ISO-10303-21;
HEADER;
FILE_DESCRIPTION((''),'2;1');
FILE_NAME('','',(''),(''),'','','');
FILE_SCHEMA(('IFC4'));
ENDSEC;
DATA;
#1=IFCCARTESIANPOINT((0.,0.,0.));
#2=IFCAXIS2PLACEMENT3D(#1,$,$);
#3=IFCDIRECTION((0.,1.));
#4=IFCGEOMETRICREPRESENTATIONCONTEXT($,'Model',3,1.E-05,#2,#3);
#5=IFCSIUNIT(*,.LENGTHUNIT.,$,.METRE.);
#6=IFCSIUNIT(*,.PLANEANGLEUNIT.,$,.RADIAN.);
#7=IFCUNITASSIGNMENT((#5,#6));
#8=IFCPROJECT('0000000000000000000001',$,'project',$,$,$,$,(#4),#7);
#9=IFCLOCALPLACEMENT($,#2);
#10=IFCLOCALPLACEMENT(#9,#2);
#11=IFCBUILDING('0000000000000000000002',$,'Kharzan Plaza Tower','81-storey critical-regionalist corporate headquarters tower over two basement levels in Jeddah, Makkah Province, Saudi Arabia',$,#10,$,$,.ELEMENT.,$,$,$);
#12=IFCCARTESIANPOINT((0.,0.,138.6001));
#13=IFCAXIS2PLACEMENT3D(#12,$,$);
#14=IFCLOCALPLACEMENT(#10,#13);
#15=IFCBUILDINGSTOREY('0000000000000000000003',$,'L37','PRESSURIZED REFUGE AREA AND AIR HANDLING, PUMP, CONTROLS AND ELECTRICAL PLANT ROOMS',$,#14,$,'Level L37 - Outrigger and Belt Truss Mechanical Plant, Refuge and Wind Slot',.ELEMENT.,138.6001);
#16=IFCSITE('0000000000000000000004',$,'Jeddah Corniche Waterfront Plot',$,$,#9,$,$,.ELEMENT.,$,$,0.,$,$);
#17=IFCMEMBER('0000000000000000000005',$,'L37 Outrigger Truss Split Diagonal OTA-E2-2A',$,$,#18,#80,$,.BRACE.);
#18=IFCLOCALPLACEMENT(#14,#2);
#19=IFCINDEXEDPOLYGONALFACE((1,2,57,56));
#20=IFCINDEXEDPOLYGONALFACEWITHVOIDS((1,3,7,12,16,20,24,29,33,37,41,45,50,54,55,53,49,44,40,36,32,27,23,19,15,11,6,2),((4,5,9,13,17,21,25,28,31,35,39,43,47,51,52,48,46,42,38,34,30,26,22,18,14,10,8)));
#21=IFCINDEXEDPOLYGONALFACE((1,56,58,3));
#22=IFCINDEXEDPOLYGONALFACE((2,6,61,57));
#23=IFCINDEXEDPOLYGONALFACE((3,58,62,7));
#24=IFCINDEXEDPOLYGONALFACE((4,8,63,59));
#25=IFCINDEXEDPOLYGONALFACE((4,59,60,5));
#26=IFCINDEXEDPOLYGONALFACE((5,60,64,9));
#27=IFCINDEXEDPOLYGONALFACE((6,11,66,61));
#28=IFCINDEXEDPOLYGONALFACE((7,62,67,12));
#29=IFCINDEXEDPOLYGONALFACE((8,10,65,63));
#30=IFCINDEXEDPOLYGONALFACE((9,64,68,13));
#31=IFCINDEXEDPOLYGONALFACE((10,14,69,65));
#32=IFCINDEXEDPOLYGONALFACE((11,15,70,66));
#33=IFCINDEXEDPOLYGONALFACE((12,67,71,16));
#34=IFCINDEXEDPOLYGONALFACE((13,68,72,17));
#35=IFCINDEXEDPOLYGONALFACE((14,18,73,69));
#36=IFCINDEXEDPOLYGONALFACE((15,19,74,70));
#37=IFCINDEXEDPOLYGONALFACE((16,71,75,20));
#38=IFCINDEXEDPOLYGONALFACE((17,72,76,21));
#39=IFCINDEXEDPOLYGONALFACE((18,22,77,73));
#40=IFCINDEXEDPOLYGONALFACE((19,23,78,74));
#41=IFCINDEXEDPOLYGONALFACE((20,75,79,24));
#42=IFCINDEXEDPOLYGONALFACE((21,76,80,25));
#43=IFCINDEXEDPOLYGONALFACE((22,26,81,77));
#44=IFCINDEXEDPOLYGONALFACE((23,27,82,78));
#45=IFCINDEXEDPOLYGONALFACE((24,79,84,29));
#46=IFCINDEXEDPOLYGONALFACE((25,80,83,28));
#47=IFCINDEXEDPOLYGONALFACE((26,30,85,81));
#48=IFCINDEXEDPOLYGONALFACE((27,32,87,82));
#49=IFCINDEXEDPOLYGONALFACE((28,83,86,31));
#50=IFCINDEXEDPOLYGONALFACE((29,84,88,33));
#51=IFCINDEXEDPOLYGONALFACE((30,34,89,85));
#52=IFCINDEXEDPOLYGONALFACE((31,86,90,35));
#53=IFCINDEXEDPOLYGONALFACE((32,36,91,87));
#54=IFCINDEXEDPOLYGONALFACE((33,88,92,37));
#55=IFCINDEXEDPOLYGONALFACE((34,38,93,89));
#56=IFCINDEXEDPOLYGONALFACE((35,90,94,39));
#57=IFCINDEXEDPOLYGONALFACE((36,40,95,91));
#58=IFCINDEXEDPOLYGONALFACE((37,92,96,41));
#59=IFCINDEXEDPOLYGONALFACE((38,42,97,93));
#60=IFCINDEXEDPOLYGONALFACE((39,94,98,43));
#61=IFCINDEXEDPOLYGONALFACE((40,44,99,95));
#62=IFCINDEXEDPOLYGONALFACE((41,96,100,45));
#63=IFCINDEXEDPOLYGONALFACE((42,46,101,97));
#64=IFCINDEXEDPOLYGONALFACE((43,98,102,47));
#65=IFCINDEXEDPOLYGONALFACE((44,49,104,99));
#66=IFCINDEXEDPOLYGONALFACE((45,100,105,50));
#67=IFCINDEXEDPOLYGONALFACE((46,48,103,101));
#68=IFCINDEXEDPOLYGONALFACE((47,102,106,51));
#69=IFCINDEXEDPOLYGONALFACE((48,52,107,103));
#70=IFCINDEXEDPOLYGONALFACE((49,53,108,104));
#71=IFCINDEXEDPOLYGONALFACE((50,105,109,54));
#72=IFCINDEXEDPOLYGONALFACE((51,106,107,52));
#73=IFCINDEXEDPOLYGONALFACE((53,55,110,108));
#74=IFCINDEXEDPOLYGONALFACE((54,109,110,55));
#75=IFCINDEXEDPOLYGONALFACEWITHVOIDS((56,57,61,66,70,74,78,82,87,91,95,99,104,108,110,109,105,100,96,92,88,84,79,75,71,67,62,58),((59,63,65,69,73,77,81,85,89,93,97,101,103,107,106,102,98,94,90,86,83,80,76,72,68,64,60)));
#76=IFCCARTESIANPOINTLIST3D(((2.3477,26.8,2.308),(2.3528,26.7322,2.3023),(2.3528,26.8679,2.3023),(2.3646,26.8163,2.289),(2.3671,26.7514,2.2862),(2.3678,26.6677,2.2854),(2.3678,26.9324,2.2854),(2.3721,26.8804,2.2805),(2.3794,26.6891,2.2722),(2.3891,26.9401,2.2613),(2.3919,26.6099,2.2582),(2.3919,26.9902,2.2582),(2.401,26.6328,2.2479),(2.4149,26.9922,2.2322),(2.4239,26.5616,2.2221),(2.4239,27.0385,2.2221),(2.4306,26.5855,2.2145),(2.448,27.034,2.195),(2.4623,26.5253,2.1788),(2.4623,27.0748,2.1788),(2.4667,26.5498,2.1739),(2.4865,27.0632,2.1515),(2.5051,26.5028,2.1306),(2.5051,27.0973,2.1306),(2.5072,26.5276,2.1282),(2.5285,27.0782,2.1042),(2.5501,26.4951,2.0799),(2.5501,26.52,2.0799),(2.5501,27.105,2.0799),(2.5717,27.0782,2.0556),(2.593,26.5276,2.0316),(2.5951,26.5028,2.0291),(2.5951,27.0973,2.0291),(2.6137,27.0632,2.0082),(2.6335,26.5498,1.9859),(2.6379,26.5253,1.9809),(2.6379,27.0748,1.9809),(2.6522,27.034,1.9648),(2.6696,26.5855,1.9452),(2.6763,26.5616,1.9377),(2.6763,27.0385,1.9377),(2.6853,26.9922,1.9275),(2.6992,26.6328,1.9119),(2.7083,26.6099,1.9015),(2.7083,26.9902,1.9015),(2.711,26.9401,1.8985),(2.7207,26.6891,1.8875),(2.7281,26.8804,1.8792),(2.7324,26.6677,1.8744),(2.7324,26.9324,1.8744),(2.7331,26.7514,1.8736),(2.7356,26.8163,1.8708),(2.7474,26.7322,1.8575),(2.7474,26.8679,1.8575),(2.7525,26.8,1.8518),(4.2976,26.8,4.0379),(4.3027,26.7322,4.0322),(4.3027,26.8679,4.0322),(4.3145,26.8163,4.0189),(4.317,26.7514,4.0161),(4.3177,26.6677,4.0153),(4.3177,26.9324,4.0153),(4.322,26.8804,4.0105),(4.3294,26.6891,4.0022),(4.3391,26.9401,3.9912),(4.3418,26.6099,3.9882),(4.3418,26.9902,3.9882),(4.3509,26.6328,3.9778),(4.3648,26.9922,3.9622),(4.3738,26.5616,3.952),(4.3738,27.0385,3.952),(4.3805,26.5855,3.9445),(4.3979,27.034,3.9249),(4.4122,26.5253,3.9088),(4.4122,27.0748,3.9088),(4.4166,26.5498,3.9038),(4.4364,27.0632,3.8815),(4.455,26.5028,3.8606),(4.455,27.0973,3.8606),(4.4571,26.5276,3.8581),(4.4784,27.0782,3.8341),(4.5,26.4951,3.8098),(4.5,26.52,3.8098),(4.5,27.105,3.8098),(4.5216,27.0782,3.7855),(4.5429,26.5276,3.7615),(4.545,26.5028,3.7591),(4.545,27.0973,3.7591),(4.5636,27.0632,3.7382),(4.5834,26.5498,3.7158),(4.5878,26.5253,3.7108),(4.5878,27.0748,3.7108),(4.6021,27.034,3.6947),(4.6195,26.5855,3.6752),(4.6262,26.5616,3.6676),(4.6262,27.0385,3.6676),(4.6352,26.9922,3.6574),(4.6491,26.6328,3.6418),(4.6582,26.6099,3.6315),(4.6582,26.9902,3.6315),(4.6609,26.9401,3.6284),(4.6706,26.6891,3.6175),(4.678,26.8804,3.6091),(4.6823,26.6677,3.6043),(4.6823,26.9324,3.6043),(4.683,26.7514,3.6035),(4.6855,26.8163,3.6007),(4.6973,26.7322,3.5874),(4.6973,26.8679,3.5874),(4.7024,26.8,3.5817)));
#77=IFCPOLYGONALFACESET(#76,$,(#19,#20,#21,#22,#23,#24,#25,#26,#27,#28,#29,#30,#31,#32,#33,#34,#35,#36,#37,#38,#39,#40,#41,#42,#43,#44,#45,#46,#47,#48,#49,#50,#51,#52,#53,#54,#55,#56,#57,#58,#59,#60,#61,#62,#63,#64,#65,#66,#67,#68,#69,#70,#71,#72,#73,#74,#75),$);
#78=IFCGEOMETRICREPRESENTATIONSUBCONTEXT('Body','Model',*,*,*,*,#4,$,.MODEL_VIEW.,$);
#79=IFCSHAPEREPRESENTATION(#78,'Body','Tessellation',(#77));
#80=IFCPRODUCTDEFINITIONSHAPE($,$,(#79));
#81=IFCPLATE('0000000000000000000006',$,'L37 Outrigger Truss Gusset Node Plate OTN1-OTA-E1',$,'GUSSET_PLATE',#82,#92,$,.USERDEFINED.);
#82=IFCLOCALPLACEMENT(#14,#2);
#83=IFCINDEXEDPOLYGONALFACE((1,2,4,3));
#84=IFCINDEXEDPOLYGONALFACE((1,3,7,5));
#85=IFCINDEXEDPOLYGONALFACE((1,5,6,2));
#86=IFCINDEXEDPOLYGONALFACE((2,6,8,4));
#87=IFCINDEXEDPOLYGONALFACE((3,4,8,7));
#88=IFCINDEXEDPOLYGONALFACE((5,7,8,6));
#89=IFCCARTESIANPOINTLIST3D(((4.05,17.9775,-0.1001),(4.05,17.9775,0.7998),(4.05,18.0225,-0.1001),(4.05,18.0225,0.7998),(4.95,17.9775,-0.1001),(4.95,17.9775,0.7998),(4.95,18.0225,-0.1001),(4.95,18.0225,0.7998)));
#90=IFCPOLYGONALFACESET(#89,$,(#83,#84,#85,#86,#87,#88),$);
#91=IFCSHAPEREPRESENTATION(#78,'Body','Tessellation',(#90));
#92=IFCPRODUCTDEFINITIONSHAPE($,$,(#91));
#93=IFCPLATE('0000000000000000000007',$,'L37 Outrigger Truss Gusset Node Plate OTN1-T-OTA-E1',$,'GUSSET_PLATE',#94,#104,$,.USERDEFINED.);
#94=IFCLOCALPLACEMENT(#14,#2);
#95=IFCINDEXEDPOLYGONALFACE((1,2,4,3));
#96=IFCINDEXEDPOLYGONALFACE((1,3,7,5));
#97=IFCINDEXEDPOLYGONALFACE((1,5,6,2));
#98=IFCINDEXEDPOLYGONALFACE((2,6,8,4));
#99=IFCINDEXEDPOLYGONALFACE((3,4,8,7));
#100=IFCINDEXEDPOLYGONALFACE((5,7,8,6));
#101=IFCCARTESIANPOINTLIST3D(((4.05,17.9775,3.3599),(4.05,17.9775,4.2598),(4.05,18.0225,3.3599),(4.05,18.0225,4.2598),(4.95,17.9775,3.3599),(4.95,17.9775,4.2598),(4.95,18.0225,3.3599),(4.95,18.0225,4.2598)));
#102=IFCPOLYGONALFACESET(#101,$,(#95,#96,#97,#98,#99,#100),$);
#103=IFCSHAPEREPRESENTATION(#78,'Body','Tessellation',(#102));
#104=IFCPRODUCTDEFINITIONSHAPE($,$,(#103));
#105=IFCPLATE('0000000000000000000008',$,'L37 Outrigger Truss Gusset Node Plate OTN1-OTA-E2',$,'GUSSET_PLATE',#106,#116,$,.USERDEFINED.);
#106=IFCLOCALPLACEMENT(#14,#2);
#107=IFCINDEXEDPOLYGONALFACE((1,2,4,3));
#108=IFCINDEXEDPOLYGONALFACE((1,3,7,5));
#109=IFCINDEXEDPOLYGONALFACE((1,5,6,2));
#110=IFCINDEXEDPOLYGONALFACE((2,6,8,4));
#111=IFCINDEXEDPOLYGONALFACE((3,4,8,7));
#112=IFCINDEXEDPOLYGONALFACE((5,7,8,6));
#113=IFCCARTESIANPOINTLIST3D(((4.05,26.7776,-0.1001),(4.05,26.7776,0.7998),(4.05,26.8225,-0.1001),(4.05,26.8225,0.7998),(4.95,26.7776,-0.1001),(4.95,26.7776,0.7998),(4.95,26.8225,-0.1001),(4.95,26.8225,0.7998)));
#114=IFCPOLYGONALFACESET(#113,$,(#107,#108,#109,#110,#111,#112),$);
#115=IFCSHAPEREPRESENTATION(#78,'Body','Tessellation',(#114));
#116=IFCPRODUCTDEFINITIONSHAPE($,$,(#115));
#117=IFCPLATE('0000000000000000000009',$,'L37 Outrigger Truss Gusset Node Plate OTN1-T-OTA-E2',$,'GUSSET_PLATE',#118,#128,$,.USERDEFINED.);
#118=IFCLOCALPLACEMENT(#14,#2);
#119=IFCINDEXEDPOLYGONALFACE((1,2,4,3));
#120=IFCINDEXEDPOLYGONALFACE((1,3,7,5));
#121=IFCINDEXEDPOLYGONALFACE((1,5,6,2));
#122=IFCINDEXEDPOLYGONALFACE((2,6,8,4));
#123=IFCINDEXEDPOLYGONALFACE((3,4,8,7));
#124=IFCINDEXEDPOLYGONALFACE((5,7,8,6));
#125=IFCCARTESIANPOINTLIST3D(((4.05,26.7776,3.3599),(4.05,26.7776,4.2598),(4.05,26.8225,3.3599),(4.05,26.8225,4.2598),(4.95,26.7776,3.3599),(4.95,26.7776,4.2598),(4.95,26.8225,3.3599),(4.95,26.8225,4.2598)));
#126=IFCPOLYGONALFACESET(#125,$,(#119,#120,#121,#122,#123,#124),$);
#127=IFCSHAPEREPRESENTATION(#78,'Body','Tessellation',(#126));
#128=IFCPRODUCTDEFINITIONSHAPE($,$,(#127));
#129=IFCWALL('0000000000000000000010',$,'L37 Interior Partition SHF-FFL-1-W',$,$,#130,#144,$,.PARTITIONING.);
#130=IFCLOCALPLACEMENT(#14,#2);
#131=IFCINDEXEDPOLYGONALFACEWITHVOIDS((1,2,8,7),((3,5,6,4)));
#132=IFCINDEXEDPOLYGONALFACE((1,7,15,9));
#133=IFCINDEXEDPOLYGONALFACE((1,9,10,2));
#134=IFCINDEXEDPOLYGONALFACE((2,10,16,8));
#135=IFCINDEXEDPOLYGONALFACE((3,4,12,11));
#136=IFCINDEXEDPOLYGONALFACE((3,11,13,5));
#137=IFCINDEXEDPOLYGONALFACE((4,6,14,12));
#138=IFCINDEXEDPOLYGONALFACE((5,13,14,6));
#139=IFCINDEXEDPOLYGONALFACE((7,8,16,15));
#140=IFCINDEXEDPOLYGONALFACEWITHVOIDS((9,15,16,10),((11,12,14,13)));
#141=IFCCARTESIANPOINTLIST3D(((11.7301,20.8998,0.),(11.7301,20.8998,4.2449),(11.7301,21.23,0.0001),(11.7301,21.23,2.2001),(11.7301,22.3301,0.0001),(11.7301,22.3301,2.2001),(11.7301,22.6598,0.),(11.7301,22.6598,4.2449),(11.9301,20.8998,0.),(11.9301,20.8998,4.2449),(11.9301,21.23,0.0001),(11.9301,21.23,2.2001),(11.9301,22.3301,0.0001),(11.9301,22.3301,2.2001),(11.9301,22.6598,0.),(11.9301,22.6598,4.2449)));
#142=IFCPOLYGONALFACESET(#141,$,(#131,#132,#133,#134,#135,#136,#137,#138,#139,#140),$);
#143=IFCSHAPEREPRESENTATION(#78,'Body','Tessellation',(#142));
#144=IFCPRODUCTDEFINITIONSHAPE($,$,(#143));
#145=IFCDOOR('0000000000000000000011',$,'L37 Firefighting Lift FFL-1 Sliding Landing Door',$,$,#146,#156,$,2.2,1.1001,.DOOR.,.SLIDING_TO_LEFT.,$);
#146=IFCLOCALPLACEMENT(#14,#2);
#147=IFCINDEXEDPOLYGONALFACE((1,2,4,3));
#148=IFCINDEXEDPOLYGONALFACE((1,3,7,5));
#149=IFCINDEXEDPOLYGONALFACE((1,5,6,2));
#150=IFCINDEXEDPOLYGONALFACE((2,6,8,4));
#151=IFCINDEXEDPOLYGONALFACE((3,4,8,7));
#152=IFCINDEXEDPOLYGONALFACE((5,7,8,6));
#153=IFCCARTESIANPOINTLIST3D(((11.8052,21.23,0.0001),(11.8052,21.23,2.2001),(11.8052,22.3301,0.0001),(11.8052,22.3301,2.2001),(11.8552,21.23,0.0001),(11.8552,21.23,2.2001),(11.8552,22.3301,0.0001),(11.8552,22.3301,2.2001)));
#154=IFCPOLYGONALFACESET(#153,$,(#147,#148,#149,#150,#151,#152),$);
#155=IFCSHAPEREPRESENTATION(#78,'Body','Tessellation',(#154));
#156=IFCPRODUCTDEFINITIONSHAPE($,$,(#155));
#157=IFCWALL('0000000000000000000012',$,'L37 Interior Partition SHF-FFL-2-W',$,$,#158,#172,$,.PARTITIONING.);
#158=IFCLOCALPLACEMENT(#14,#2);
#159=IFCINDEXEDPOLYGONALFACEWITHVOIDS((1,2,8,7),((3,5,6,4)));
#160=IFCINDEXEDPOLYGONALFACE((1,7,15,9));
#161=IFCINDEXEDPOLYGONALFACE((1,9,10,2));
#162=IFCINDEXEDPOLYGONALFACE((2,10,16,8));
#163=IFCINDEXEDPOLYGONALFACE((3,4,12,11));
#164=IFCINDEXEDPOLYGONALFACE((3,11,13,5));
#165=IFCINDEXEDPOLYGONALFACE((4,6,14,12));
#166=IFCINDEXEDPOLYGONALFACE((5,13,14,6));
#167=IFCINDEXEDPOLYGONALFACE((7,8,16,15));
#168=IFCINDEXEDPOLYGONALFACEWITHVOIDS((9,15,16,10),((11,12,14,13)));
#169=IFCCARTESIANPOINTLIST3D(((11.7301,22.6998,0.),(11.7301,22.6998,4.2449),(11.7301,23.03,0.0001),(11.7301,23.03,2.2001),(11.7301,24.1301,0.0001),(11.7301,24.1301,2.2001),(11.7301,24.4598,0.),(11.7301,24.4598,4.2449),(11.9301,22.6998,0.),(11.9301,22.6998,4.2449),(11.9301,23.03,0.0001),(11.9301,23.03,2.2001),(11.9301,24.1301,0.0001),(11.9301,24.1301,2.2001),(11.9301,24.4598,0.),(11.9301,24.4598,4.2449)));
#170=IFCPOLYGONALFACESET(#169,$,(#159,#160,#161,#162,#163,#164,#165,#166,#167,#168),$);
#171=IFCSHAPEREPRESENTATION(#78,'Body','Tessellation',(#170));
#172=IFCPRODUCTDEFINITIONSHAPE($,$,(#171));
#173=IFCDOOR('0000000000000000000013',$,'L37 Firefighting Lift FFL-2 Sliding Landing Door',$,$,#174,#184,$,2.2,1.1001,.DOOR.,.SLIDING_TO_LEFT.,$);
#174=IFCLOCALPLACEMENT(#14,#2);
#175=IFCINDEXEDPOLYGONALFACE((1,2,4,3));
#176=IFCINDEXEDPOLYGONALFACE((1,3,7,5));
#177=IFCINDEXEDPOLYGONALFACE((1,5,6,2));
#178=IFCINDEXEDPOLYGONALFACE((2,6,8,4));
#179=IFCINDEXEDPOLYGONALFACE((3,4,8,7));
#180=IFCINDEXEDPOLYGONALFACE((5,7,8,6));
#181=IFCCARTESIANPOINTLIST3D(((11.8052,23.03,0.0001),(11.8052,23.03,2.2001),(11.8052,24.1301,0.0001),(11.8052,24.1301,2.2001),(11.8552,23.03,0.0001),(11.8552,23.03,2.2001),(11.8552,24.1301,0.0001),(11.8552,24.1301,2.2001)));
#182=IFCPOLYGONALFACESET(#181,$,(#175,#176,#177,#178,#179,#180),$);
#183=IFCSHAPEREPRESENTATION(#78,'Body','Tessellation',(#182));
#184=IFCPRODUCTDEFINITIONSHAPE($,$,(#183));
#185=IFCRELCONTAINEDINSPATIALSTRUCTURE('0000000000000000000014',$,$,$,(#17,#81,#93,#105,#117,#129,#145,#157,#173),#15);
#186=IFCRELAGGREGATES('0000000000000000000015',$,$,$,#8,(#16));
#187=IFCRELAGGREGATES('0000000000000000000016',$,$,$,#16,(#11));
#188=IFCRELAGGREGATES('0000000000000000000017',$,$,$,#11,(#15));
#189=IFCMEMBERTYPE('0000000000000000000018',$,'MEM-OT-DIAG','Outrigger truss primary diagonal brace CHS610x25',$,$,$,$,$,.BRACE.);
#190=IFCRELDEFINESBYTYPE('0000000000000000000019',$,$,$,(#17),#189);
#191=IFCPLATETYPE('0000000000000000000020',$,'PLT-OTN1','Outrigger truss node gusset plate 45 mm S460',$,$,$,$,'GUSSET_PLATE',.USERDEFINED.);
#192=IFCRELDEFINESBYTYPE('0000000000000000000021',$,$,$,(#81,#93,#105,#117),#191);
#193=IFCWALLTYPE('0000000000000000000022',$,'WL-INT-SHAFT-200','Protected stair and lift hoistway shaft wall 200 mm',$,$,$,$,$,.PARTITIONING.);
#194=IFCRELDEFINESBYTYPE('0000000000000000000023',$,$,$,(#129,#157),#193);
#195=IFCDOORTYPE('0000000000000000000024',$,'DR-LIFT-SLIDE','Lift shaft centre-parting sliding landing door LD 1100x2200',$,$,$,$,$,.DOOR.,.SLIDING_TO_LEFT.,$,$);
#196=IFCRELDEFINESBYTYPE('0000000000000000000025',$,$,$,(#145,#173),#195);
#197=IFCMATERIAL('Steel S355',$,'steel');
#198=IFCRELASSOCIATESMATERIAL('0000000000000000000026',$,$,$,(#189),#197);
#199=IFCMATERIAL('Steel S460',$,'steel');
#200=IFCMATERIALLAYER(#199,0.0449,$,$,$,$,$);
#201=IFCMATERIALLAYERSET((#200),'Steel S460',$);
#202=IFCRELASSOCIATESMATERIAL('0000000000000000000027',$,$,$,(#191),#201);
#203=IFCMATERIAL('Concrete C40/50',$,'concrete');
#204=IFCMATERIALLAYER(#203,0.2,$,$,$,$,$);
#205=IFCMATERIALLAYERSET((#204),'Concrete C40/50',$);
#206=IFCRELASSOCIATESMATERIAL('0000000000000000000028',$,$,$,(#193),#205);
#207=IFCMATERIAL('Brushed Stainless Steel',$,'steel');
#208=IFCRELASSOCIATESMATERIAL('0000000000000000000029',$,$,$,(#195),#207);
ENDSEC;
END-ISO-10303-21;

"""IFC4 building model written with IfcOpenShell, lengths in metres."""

from ifc_helpers import new_model, si_unit, direction, frame, frame_2d, origin, origin_2d, place, context, subcontext, project, spatial, rectangle, hollow_circle, extrude, source, transform, mapped, material, layer, layer_set, material_profile, profile_set, type_object, element, fill, save


model = new_model("IFC4")

# Units and contexts
model_context = context("Model", 3, precision=1e-05, world=origin(), true_north=direction((0.0, 1.0)))
body_context = subcontext(model_context, "Body", "Model", "MODEL_VIEW")
ifc_project = project(units=[si_unit("LENGTHUNIT", "METRE"), si_unit("PLANEANGLEUNIT", "RADIAN")], contexts=[model_context])

# Site, building, storey
site_placement = place(None, origin())
site = spatial("IfcSite", under=ifc_project, at=site_placement, Name="Jeddah Corniche Waterfront Plot", CompositionType="ELEMENT", RefElevation=0.0)
building_placement = place(site_placement, origin())
building = spatial("IfcBuilding", under=site, at=building_placement, Name="Kharzan Plaza Tower", Description="81-storey critical-regionalist corporate headquarters tower over two basement levels in Jeddah, Makkah Province, Saudi Arabia", CompositionType="ELEMENT")
storey_placement = place(building_placement, frame((0.0, 0.0, 138.6001)))
storey = spatial("IfcBuildingStorey", under=building, at=storey_placement, Name="L37", Description="PRESSURIZED REFUGE AREA AND AIR HANDLING, PUMP, CONTROLS AND ELECTRICAL PLANT ROOMS", LongName="Level L37 - Outrigger and Belt Truss Mechanical Plant, Refuge and Wind Slot", CompositionType="ELEMENT", Elevation=138.6001)

# Shared definitions
ifc_material_1 = material(Name="Steel S355", Category="steel")

# Member
ifc_material_profile_1 = material_profile(ifc_material_1, hollow_circle(Radius=0.3049, WallThickness=0.0249, at=origin_2d()), Name="CHS610x25")
ifc_profile_set_1 = profile_set([ifc_material_profile_1], Name="Steel S355")
member_type_1 = type_object("IfcMemberType", Name="MEM-OT-DIAG", Description="Outrigger truss primary diagonal brace CHS610x25", PredefinedType="BRACE", material=ifc_profile_set_1)
shared_shape_1 = source(origin(), body_context, "Body", "SweptSolid", [
    extrude(hollow_circle(Radius=0.3049, WallThickness=0.0249, at=origin_2d()), origin(), (0.0, 0.0, 1.0), 2.6067),
])
for number, where, z_axis, x_axis, name in (
    (1, (4.5, 26.8, 3.8098), (-0.748039, 0.0, -0.663654), (0.0, -1.0, 0.0), "L37 Outrigger Truss Split Diagonal OTA-E2-2A"),
):
    element("IfcMember", number, at=place(storey_placement, frame(where, z_axis=z_axis, x_axis=x_axis)), inside=storey, type_object=member_type_1, Name=name, PredefinedType="BRACE", context=body_context, shape_type="MappedRepresentation", body=[
        mapped(shared_shape_1, transform((0.0, 0.0, 0.0), x_axis=(1.0, 0.0, 0.0), y_axis=(0.0, 1.0, 0.0), z_axis=(0.0, 0.0, 1.0))),
    ])

# Plates
ifc_material_2 = material(Name="Steel S460", Category="steel")
ifc_layer_1 = layer(ifc_material_2, 0.0449)
ifc_layer_set_1 = layer_set([ifc_layer_1], Name="Steel S460")
plate_type = type_object("IfcPlateType", Name="PLT-OTN1", Description="Outrigger truss node gusset plate 45 mm S460", ElementType="GUSSET_PLATE", PredefinedType="USERDEFINED", material=ifc_layer_set_1)
shared_shape_2 = source(origin(), body_context, "Body", "SweptSolid", [
    extrude(rectangle(XDim=0.8999, YDim=0.0449, at=origin_2d()), origin(), (0.0, 0.0, 1.0), 0.8999),
])
for number, where, z_axis, x_axis, name in (
    (2, (4.5, 18.0, -0.1001), (0.0, 0.0, 1.0), (-1.0, 0.0, 0.0), "L37 Outrigger Truss Gusset Node Plate OTN1-OTA-E1"),
    (3, (4.5, 18.0, 3.3599), (0.0, 0.0, 1.0), (-1.0, 0.0, 0.0), "L37 Outrigger Truss Gusset Node Plate OTN1-T-OTA-E1"),
    (4, (4.5, 26.8, -0.1001), (0.0, 0.0, 1.0), (-1.0, 0.0, 0.0), "L37 Outrigger Truss Gusset Node Plate OTN1-OTA-E2"),
    (5, (4.5, 26.8, 3.3599), (0.0, 0.0, 1.0), (-1.0, 0.0, 0.0), "L37 Outrigger Truss Gusset Node Plate OTN1-T-OTA-E2"),
):
    element("IfcPlate", number, at=place(storey_placement, frame(where, z_axis=z_axis, x_axis=x_axis)), inside=storey, type_object=plate_type, Name=name, ObjectType="GUSSET_PLATE", PredefinedType="USERDEFINED", context=body_context, shape_type="MappedRepresentation", body=[
        mapped(shared_shape_2, transform((0.0, 0.0, 0.0), x_axis=(1.0, 0.0, 0.0), y_axis=(0.0, 1.0, 0.0), z_axis=(0.0, 0.0, 1.0))),
    ])

# Walls, openings, doors
ifc_material_3 = material(Name="Concrete C40/50", Category="concrete")
ifc_layer_2 = layer(ifc_material_3, 0.2)
ifc_layer_set_2 = layer_set([ifc_layer_2], Name="Concrete C40/50")
wall_type_1 = type_object("IfcWallType", Name="WL-INT-SHAFT-200", Description="Protected stair and lift hoistway shaft wall 200 mm", PredefinedType="PARTITIONING", material=ifc_layer_set_2)
wall_1_placement = place(storey_placement, frame((11.8301, 20.8999, 0.0), z_axis=(0.0, 0.0, 1.0), x_axis=(0.0, 1.0, 0.0)))
wall_1 = element("IfcWall", 6, at=wall_1_placement, inside=storey, type_object=wall_type_1, Name="L37 Interior Partition SHF-FFL-1-W", PredefinedType="PARTITIONING", context=body_context, shape_type="SweptSolid", body=[
    extrude(rectangle(XDim=1.76, YDim=0.2, at=frame_2d((0.8799, 0.0))), origin(), (0.0, 0.0, 1.0), 4.2449),
])
opening_1_placement = place(wall_1_placement, frame((0.3301, 0.0, 0.0)))
opening_1 = element("IfcOpeningElement", 7, at=opening_1_placement, cuts=wall_1, PredefinedType="OPENING", context=body_context, shape_type="SweptSolid", body=[
    extrude(rectangle(XDim=1.1001, YDim=2.2, at=frame_2d((0.55, 1.1001))), frame((0.0, 0.1099, 0.0), z_axis=(0.0, -1.0, 0.0), x_axis=(1.0, 0.0, 0.0)), (0.0, 0.0, 1.0), 0.22),
])
ifc_material_4 = material(Name="Brushed Stainless Steel", Category="steel")
door_type_1 = type_object("IfcDoorType", Name="DR-LIFT-SLIDE", Description="Lift shaft centre-parting sliding landing door LD 1100x2200", OperationType="SLIDING_TO_LEFT", PredefinedType="DOOR", material=ifc_material_4)
shared_shape_3 = source(origin(), body_context, "Body", "SweptSolid", [
    extrude(rectangle(XDim=1.1001, YDim=2.2, at=frame_2d((0.55, 1.1001))), frame((0.0, 0.0249, 0.0), z_axis=(0.0, -1.0, 0.0), x_axis=(1.0, 0.0, 0.0)), (0.0, 0.0, 1.0), 0.05),
])
door_1_placement = place(opening_1_placement, origin())
door_1 = element("IfcDoor", 8, at=door_1_placement, inside=storey, type_object=door_type_1, Name="L37 Firefighting Lift FFL-1 Sliding Landing Door", OperationType="SLIDING_TO_LEFT", OverallHeight=2.2, OverallWidth=1.1001, PredefinedType="DOOR", context=body_context, shape_type="MappedRepresentation", body=[
    mapped(shared_shape_3, transform((0.0, 0.0, 0.0), x_axis=(1.0, 0.0, 0.0), y_axis=(0.0, 1.0, 0.0), z_axis=(0.0, 0.0, 1.0))),
])
fill(opening_1, door_1)
wall_2_placement = place(storey_placement, frame((11.8301, 22.7, 0.0), z_axis=(0.0, 0.0, 1.0), x_axis=(0.0, 1.0, 0.0)))
wall_2 = element("IfcWall", 9, at=wall_2_placement, inside=storey, type_object=wall_type_1, Name="L37 Interior Partition SHF-FFL-2-W", PredefinedType="PARTITIONING", context=body_context, shape_type="SweptSolid", body=[
    extrude(rectangle(XDim=1.76, YDim=0.2, at=frame_2d((0.8799, 0.0))), origin(), (0.0, 0.0, 1.0), 4.2449),
])
opening_2_placement = place(wall_2_placement, frame((0.3301, 0.0, 0.0)))
opening_2 = element("IfcOpeningElement", 10, at=opening_2_placement, cuts=wall_2, PredefinedType="OPENING", context=body_context, shape_type="SweptSolid", body=[
    extrude(rectangle(XDim=1.1001, YDim=2.2, at=frame_2d((0.55, 1.1001))), frame((0.0, 0.1099, 0.0), z_axis=(0.0, -1.0, 0.0), x_axis=(1.0, 0.0, 0.0)), (0.0, 0.0, 1.0), 0.22),
])
door_2_placement = place(opening_2_placement, origin())
door_2 = element("IfcDoor", 11, at=door_2_placement, inside=storey, type_object=door_type_1, Name="L37 Firefighting Lift FFL-2 Sliding Landing Door", OperationType="SLIDING_TO_LEFT", OverallHeight=2.2, OverallWidth=1.1001, PredefinedType="DOOR", context=body_context, shape_type="MappedRepresentation", body=[
    mapped(shared_shape_3, transform((0.0, 0.0, 0.0), x_axis=(1.0, 0.0, 0.0), y_axis=(0.0, 1.0, 0.0), z_axis=(0.0, 0.0, 1.0))),
])
fill(opening_2, door_2)

save(model, "model.ifc")
